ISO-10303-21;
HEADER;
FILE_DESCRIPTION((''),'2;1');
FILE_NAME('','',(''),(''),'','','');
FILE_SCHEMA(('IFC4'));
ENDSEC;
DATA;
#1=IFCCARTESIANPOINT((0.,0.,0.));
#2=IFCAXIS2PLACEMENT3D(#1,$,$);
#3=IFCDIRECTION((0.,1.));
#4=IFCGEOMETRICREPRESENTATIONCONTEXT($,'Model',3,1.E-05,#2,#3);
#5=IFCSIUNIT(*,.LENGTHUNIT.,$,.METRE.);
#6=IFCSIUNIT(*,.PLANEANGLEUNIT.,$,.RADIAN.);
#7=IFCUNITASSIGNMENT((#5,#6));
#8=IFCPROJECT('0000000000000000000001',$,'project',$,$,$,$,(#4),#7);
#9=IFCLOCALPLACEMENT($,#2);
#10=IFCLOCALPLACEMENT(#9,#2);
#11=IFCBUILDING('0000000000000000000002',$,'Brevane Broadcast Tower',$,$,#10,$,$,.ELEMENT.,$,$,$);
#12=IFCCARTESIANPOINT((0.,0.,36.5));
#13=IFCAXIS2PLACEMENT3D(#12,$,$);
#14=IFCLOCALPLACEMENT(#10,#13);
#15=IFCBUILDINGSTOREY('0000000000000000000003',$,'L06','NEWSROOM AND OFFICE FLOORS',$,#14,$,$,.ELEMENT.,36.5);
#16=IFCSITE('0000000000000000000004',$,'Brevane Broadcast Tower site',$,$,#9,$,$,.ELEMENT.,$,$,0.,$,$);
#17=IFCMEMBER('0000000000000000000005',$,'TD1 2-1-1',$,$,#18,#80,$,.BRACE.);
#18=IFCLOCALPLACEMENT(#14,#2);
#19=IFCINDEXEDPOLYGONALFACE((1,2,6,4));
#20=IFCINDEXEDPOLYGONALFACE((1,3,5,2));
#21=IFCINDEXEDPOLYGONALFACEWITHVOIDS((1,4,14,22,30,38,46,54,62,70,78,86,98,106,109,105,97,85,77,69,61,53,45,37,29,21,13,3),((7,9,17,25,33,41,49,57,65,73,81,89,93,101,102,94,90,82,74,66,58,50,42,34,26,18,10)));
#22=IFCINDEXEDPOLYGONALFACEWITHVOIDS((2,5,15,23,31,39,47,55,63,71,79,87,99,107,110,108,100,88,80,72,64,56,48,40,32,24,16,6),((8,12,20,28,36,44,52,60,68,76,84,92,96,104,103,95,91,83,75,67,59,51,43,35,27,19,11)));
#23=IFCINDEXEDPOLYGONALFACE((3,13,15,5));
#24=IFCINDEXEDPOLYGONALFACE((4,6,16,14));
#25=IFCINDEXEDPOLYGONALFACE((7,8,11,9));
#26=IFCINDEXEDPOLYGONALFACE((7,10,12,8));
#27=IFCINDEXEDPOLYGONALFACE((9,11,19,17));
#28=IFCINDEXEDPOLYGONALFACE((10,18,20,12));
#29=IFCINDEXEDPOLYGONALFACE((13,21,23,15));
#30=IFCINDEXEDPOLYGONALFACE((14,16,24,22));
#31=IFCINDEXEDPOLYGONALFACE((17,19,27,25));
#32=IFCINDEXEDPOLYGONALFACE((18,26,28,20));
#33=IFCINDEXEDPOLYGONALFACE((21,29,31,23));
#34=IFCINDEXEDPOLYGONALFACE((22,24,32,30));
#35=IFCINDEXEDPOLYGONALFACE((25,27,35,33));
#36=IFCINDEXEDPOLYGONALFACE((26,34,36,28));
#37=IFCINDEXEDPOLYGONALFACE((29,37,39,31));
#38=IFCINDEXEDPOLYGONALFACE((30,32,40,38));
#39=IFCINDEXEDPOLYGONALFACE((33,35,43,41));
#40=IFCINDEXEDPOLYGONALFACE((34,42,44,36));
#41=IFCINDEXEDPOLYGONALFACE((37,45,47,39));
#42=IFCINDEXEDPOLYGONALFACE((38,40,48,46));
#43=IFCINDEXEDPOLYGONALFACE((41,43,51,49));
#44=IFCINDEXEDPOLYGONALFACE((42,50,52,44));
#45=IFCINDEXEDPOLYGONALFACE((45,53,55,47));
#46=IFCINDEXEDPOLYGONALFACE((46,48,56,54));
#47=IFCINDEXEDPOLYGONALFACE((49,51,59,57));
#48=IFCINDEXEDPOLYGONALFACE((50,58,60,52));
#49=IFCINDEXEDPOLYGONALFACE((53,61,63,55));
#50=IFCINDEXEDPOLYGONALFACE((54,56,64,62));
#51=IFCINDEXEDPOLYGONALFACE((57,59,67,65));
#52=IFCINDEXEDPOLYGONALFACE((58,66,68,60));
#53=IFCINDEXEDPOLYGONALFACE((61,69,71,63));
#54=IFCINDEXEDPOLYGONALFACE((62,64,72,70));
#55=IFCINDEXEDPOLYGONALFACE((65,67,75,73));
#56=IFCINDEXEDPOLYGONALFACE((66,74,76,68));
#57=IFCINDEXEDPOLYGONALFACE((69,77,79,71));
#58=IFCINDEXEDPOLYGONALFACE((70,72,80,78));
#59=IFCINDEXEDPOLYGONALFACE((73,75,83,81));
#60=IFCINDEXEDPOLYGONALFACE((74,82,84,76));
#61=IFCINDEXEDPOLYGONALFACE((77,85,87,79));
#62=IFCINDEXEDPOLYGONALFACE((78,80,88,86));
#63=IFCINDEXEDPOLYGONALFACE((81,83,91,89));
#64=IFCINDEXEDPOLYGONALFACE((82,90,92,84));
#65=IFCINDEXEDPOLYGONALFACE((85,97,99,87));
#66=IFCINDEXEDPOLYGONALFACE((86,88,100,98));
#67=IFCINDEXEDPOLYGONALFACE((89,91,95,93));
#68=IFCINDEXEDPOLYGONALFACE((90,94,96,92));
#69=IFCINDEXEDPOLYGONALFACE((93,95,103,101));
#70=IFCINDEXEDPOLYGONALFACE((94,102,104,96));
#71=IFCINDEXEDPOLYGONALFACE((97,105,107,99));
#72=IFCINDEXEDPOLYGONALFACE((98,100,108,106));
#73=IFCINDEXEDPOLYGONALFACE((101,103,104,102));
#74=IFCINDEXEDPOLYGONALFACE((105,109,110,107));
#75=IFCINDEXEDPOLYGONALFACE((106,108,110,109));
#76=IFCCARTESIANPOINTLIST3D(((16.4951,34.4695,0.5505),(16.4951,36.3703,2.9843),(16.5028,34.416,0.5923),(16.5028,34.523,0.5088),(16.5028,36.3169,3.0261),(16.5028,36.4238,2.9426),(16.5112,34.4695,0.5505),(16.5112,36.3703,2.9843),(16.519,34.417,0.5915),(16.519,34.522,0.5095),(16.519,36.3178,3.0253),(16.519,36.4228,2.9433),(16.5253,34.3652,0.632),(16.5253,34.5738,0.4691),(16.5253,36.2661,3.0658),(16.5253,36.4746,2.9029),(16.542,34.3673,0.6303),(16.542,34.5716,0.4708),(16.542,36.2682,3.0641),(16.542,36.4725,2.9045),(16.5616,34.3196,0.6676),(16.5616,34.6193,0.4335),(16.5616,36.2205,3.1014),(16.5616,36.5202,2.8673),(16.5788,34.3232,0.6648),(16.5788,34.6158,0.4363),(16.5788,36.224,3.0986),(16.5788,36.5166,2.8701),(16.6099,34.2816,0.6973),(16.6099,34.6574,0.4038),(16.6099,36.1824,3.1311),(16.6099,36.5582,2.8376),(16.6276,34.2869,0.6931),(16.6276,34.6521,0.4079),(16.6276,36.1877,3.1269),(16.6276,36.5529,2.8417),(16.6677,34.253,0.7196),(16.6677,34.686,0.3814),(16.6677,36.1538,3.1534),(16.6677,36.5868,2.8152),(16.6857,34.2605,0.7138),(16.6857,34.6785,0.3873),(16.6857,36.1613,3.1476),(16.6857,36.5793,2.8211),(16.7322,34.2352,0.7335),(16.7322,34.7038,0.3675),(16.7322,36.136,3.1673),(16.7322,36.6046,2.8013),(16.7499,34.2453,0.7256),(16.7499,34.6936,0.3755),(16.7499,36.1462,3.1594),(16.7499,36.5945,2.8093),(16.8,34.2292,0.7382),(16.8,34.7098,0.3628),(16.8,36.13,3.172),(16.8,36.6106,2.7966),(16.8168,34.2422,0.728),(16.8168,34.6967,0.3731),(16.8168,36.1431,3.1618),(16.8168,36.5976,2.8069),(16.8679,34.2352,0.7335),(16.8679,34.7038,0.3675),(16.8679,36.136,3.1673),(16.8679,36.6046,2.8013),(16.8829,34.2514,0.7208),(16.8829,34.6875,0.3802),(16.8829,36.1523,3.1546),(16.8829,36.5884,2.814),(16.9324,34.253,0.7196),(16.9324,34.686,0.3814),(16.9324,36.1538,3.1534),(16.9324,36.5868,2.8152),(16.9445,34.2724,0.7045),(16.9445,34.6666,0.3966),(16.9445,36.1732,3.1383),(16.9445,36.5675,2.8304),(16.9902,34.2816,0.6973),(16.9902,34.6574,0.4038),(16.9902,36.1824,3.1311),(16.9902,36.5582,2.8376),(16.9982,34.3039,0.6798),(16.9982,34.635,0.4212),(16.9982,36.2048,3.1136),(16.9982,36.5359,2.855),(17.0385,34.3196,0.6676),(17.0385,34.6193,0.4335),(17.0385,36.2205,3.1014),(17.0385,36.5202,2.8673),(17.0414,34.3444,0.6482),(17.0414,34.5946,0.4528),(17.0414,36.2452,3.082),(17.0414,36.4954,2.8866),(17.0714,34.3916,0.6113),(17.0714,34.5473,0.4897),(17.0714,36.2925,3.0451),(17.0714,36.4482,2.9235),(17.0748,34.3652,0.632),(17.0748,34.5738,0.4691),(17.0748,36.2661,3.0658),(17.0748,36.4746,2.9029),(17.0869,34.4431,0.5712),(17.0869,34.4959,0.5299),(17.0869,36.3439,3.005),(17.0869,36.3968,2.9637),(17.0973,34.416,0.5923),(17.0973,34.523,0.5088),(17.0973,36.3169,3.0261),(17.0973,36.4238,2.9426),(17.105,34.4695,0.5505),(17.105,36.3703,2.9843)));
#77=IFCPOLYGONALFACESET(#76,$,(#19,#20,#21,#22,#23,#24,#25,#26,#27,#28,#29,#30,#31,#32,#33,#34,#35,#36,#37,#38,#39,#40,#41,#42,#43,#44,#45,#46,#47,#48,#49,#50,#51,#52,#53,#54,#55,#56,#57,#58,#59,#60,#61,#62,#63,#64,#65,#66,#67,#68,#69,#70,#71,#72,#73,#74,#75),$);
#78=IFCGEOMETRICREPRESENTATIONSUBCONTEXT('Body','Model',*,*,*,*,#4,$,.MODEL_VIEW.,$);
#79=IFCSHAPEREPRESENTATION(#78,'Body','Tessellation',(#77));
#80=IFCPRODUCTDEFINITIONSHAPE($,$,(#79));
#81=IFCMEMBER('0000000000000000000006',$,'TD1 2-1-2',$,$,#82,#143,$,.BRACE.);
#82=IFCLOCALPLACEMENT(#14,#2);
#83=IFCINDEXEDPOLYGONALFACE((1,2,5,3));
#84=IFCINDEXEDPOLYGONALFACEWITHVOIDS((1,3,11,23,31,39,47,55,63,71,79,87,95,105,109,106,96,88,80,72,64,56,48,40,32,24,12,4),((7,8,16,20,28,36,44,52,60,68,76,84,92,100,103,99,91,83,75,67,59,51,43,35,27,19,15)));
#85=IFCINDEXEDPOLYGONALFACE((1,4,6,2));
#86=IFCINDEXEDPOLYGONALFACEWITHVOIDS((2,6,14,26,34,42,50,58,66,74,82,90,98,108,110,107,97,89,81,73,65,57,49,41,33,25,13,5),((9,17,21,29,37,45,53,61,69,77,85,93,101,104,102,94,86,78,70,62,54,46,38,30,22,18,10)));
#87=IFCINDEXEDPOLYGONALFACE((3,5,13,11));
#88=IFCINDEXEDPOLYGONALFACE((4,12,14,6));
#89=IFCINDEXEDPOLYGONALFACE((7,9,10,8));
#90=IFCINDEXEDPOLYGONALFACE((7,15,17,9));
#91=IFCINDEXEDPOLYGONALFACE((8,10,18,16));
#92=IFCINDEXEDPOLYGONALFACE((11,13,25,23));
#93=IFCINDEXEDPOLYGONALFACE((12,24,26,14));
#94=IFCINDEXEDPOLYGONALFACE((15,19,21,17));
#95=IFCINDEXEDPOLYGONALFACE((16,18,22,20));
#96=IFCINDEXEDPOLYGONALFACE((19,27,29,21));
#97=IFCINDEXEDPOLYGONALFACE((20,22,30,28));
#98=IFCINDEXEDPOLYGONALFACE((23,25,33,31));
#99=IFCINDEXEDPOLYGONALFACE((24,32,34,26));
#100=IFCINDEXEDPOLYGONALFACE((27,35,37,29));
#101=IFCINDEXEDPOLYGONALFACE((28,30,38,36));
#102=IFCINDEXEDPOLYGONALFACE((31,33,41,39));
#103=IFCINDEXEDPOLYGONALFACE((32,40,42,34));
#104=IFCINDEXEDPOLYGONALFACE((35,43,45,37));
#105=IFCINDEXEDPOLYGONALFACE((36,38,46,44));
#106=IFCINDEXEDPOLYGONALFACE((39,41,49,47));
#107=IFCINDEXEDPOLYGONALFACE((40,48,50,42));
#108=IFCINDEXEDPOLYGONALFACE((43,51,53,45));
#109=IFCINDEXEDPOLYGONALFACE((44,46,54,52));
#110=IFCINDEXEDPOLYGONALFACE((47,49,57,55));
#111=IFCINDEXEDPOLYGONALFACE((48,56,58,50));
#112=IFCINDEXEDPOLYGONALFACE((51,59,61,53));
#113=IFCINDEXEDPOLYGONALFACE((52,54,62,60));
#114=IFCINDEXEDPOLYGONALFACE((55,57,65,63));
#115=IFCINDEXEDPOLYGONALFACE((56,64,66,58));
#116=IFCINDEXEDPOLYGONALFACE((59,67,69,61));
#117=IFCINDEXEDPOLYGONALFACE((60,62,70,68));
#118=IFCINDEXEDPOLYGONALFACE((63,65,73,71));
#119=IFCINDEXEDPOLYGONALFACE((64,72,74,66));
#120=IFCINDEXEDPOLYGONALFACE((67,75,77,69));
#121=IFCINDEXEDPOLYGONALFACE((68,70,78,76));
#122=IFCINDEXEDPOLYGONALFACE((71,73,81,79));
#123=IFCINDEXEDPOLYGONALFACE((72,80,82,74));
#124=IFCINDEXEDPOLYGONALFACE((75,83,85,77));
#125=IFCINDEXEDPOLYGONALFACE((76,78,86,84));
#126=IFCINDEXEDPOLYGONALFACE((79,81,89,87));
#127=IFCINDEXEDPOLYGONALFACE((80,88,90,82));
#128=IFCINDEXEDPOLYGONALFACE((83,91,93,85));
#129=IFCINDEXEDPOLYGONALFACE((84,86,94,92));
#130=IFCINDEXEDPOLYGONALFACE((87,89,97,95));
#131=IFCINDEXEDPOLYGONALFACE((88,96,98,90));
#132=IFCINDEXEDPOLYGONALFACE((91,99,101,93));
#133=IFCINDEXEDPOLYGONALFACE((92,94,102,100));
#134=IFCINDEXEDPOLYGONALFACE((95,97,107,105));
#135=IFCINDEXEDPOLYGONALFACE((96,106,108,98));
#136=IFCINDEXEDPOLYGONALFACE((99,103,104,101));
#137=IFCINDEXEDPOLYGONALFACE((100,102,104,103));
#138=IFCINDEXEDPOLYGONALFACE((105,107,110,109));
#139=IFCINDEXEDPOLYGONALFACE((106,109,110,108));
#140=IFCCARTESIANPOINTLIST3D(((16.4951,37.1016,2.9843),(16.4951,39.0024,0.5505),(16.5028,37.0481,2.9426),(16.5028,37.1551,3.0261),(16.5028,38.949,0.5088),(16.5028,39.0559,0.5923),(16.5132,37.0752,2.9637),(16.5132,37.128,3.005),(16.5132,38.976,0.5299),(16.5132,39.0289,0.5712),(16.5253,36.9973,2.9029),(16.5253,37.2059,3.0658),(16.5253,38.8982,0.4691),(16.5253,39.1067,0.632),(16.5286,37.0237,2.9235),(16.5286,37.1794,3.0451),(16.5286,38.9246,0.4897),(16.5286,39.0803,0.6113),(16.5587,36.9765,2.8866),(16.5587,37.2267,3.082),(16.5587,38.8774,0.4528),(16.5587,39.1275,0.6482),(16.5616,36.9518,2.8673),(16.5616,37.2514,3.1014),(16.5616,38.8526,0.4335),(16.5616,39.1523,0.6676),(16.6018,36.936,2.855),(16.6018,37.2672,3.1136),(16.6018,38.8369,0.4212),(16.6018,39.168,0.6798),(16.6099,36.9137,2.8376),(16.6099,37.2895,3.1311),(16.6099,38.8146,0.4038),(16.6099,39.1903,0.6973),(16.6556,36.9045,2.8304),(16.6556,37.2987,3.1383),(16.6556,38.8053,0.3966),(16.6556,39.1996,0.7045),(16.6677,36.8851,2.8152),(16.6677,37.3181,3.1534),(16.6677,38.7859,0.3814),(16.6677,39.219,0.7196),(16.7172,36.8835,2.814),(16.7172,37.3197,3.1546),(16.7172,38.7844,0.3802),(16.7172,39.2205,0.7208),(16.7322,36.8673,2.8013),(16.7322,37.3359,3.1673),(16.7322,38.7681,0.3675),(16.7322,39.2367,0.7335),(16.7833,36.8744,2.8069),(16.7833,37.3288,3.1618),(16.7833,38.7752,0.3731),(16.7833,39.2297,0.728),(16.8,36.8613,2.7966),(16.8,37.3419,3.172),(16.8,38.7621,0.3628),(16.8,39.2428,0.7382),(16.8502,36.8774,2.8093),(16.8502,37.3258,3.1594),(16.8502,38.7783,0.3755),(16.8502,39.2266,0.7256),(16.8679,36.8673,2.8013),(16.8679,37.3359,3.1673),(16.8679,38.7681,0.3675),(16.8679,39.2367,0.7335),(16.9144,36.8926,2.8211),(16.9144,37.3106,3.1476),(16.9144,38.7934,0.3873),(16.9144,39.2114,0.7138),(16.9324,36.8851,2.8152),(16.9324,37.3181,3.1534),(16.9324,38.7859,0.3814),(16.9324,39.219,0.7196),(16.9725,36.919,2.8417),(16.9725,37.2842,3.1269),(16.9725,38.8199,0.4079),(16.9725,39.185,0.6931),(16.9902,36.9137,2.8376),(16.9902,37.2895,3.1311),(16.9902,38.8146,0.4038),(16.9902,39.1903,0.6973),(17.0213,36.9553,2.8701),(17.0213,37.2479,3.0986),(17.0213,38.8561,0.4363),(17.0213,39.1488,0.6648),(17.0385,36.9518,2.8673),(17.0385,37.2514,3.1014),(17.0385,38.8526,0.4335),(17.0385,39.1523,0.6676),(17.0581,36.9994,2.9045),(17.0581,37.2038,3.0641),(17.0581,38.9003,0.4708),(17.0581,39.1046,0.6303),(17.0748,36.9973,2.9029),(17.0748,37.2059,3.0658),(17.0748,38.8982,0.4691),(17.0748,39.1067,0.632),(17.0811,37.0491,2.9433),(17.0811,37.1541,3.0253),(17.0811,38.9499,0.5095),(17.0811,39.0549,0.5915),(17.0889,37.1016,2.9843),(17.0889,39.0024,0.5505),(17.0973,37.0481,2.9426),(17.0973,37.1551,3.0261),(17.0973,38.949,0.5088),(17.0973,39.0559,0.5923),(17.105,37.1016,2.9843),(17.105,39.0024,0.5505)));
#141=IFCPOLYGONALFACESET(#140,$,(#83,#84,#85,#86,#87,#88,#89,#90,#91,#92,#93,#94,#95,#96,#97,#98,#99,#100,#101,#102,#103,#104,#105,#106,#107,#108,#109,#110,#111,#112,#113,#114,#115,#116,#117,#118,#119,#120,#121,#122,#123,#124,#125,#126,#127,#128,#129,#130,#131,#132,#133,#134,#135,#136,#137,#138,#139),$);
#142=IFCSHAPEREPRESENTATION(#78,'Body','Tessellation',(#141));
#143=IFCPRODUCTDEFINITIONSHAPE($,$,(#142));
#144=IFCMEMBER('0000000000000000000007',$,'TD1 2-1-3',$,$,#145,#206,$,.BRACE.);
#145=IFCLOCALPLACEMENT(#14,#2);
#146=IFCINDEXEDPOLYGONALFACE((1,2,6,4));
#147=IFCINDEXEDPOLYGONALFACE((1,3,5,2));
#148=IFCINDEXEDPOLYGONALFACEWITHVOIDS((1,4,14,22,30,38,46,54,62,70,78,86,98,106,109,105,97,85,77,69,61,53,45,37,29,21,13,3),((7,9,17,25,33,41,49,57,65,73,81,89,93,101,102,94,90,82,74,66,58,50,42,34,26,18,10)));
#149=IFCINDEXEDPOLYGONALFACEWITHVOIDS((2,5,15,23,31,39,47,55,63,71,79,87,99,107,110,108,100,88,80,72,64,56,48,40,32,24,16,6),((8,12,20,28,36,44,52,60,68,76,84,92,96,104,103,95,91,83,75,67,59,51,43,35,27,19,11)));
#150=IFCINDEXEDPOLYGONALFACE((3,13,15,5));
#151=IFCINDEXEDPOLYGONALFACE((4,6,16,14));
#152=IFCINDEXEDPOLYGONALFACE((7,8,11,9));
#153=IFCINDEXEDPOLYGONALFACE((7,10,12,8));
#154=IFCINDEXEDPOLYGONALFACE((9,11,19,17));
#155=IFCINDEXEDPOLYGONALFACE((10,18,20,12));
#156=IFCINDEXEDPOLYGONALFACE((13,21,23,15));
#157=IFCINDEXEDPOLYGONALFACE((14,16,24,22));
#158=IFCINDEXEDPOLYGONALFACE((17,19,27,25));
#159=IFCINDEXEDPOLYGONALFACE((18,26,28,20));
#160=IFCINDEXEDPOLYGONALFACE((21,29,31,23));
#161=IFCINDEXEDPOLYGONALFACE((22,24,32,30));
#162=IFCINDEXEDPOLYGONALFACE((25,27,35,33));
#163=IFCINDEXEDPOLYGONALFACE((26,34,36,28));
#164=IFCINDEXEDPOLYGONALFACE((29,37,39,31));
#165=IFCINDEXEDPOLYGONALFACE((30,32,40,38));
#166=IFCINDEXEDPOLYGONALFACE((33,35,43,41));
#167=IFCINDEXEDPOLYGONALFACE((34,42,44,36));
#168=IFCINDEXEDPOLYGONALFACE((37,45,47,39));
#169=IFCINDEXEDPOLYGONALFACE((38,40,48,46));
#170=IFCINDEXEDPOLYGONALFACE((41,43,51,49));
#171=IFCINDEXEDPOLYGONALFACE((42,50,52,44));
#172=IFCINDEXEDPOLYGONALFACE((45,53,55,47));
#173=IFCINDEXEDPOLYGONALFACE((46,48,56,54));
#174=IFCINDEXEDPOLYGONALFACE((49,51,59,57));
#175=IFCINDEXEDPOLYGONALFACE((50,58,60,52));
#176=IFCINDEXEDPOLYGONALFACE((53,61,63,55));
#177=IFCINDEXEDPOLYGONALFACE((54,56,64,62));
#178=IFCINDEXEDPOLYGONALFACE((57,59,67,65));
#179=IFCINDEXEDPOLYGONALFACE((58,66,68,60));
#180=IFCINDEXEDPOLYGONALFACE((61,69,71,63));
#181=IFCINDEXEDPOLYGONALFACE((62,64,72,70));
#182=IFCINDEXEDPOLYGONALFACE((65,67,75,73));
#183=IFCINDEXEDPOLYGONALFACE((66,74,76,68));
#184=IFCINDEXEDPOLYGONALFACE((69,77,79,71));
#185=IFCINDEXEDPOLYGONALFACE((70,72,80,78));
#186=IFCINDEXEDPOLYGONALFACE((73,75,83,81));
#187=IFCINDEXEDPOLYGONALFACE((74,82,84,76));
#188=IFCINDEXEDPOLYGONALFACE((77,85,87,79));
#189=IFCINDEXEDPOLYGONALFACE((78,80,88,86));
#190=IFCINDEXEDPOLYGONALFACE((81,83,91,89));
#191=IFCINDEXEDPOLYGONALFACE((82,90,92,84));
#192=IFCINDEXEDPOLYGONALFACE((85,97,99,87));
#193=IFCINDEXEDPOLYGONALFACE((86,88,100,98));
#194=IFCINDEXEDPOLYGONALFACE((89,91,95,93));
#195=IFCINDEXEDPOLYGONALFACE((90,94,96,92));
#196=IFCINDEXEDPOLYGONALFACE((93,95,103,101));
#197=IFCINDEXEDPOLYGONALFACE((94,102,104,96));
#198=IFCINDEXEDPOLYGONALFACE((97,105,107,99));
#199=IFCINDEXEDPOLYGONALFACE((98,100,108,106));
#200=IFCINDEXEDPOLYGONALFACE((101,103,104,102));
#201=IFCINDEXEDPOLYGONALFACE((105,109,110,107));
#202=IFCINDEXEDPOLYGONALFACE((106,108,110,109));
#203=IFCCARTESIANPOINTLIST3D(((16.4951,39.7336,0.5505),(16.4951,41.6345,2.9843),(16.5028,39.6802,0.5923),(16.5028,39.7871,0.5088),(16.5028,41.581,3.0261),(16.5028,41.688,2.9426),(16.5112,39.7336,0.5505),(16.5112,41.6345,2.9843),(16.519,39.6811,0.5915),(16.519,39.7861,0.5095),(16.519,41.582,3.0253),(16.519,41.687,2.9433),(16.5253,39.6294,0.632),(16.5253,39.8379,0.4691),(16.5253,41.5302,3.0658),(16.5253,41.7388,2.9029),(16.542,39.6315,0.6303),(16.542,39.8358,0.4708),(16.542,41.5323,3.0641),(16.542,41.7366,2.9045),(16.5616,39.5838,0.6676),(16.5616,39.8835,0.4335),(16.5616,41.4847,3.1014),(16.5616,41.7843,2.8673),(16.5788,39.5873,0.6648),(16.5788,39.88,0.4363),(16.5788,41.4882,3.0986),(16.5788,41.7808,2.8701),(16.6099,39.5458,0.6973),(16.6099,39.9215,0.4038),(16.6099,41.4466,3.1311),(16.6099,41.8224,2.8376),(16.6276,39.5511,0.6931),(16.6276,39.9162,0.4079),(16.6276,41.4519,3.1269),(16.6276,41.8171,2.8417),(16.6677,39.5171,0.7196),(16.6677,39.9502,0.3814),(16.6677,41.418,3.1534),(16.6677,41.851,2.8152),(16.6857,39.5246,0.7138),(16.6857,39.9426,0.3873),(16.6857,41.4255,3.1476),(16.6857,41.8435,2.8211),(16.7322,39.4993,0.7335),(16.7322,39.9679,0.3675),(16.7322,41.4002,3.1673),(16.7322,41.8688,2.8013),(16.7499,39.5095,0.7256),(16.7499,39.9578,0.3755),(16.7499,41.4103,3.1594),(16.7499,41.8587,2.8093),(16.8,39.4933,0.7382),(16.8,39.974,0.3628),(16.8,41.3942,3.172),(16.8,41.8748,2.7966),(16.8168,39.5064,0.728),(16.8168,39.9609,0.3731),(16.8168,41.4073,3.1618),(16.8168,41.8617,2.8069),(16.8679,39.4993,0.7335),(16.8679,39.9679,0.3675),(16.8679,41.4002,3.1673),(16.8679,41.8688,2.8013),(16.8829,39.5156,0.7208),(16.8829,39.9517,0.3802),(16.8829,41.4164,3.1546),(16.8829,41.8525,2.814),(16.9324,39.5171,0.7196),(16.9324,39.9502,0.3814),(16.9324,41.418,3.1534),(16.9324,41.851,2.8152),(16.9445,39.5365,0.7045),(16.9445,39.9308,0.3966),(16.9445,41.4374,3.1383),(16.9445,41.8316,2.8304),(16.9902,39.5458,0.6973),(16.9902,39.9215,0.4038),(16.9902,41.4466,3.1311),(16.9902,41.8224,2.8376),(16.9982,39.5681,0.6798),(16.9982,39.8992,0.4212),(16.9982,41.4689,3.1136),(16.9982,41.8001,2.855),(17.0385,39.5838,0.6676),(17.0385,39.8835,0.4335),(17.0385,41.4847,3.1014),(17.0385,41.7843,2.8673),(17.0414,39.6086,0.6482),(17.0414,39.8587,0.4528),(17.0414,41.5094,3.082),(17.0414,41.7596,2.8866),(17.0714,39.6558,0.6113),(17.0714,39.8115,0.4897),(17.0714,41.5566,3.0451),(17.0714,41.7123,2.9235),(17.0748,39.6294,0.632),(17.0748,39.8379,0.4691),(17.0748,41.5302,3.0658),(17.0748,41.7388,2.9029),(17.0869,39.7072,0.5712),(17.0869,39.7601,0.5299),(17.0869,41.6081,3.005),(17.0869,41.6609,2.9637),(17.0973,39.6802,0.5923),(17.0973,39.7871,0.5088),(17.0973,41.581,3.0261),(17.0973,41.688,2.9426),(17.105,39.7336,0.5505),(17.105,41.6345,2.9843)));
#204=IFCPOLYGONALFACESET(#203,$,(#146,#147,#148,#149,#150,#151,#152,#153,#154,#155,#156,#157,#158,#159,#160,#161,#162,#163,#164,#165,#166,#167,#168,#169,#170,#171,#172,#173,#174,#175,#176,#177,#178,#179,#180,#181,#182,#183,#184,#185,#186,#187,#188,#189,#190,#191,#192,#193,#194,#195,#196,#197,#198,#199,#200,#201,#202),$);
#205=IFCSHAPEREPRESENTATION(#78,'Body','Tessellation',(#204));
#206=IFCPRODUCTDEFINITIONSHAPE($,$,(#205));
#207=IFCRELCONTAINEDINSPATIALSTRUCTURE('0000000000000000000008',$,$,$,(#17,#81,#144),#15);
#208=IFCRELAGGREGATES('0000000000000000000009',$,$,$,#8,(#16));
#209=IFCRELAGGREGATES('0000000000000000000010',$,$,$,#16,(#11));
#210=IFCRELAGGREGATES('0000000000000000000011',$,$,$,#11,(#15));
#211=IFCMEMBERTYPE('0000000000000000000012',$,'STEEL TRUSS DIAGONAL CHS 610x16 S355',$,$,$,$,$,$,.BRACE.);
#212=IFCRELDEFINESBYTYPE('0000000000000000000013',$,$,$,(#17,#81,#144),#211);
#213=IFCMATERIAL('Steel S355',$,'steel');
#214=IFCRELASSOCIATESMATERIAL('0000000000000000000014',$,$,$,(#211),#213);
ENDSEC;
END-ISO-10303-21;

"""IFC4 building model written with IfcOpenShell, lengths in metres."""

from ifc_helpers import new_model, si_unit, direction, frame, origin, origin_2d, place, context, subcontext, project, spatial, hollow_circle, extrude, material, material_profile, profile_set, type_object, element, save


model = new_model("IFC4")

# Units and contexts
model_context = context("Model", 3, precision=1e-05, world=origin(), true_north=direction((0.0, 1.0)))
body_context = subcontext(model_context, "Body", "Model", "MODEL_VIEW")
ifc_project = project(units=[si_unit("LENGTHUNIT", "METRE"), si_unit("PLANEANGLEUNIT", "RADIAN")], contexts=[model_context])

# Site, building, storey
site_placement = place(None, origin())
site = spatial("IfcSite", under=ifc_project, at=site_placement, Name="Brevane Broadcast Tower site", CompositionType="ELEMENT", RefElevation=0.0)
building_placement = place(site_placement, origin())
building = spatial("IfcBuilding", under=site, at=building_placement, Name="Brevane Broadcast Tower", CompositionType="ELEMENT")
storey_placement = place(building_placement, frame((0.0, 0.0, 36.5)))
storey = spatial("IfcBuildingStorey", under=building, at=storey_placement, Name="L06", Description="NEWSROOM AND OFFICE FLOORS", CompositionType="ELEMENT", Elevation=36.5)

# Shared definitions
ifc_material_1 = material(Name="Steel S355", Category="steel")

# Members
ifc_material_profile_1 = material_profile(ifc_material_1, hollow_circle(Radius=0.3049, WallThickness=0.0161, at=origin_2d()), Name="CHS 610x16")
ifc_profile_set_1 = profile_set([ifc_material_profile_1], Name="Steel S355")
member_type_1 = type_object("IfcMemberType", Name="STEEL TRUSS DIAGONAL CHS 610x16 S355", PredefinedType="BRACE", material=ifc_profile_set_1)
for number, where, z_axis, x_axis, name in (
    (1, (16.8, 34.4695, 0.5505), (0.0, 0.615532, 0.788112), (-1.0, 0.0, 0.0), "TD1 2-1-1"),
    (2, (16.8, 39.0024, 0.5505), (0.0, -0.615532, 0.788112), (1.0, 0.0, 0.0), "TD1 2-1-2"),
    (3, (16.8, 39.7336, 0.5505), (0.0, 0.615532, 0.788112), (-1.0, 0.0, 0.0), "TD1 2-1-3"),
):
    element("IfcMember", number, at=place(storey_placement, frame(where, z_axis=z_axis, x_axis=x_axis)), inside=storey, type_object=member_type_1, Name=name, PredefinedType="BRACE", context=body_context, shape_type="SweptSolid", body=[
        extrude(hollow_circle(Radius=0.3049, WallThickness=0.0161, at=origin_2d()), origin(), (0.0, 0.0, 1.0), 3.0881),
    ])

save(model, "model.ifc")
